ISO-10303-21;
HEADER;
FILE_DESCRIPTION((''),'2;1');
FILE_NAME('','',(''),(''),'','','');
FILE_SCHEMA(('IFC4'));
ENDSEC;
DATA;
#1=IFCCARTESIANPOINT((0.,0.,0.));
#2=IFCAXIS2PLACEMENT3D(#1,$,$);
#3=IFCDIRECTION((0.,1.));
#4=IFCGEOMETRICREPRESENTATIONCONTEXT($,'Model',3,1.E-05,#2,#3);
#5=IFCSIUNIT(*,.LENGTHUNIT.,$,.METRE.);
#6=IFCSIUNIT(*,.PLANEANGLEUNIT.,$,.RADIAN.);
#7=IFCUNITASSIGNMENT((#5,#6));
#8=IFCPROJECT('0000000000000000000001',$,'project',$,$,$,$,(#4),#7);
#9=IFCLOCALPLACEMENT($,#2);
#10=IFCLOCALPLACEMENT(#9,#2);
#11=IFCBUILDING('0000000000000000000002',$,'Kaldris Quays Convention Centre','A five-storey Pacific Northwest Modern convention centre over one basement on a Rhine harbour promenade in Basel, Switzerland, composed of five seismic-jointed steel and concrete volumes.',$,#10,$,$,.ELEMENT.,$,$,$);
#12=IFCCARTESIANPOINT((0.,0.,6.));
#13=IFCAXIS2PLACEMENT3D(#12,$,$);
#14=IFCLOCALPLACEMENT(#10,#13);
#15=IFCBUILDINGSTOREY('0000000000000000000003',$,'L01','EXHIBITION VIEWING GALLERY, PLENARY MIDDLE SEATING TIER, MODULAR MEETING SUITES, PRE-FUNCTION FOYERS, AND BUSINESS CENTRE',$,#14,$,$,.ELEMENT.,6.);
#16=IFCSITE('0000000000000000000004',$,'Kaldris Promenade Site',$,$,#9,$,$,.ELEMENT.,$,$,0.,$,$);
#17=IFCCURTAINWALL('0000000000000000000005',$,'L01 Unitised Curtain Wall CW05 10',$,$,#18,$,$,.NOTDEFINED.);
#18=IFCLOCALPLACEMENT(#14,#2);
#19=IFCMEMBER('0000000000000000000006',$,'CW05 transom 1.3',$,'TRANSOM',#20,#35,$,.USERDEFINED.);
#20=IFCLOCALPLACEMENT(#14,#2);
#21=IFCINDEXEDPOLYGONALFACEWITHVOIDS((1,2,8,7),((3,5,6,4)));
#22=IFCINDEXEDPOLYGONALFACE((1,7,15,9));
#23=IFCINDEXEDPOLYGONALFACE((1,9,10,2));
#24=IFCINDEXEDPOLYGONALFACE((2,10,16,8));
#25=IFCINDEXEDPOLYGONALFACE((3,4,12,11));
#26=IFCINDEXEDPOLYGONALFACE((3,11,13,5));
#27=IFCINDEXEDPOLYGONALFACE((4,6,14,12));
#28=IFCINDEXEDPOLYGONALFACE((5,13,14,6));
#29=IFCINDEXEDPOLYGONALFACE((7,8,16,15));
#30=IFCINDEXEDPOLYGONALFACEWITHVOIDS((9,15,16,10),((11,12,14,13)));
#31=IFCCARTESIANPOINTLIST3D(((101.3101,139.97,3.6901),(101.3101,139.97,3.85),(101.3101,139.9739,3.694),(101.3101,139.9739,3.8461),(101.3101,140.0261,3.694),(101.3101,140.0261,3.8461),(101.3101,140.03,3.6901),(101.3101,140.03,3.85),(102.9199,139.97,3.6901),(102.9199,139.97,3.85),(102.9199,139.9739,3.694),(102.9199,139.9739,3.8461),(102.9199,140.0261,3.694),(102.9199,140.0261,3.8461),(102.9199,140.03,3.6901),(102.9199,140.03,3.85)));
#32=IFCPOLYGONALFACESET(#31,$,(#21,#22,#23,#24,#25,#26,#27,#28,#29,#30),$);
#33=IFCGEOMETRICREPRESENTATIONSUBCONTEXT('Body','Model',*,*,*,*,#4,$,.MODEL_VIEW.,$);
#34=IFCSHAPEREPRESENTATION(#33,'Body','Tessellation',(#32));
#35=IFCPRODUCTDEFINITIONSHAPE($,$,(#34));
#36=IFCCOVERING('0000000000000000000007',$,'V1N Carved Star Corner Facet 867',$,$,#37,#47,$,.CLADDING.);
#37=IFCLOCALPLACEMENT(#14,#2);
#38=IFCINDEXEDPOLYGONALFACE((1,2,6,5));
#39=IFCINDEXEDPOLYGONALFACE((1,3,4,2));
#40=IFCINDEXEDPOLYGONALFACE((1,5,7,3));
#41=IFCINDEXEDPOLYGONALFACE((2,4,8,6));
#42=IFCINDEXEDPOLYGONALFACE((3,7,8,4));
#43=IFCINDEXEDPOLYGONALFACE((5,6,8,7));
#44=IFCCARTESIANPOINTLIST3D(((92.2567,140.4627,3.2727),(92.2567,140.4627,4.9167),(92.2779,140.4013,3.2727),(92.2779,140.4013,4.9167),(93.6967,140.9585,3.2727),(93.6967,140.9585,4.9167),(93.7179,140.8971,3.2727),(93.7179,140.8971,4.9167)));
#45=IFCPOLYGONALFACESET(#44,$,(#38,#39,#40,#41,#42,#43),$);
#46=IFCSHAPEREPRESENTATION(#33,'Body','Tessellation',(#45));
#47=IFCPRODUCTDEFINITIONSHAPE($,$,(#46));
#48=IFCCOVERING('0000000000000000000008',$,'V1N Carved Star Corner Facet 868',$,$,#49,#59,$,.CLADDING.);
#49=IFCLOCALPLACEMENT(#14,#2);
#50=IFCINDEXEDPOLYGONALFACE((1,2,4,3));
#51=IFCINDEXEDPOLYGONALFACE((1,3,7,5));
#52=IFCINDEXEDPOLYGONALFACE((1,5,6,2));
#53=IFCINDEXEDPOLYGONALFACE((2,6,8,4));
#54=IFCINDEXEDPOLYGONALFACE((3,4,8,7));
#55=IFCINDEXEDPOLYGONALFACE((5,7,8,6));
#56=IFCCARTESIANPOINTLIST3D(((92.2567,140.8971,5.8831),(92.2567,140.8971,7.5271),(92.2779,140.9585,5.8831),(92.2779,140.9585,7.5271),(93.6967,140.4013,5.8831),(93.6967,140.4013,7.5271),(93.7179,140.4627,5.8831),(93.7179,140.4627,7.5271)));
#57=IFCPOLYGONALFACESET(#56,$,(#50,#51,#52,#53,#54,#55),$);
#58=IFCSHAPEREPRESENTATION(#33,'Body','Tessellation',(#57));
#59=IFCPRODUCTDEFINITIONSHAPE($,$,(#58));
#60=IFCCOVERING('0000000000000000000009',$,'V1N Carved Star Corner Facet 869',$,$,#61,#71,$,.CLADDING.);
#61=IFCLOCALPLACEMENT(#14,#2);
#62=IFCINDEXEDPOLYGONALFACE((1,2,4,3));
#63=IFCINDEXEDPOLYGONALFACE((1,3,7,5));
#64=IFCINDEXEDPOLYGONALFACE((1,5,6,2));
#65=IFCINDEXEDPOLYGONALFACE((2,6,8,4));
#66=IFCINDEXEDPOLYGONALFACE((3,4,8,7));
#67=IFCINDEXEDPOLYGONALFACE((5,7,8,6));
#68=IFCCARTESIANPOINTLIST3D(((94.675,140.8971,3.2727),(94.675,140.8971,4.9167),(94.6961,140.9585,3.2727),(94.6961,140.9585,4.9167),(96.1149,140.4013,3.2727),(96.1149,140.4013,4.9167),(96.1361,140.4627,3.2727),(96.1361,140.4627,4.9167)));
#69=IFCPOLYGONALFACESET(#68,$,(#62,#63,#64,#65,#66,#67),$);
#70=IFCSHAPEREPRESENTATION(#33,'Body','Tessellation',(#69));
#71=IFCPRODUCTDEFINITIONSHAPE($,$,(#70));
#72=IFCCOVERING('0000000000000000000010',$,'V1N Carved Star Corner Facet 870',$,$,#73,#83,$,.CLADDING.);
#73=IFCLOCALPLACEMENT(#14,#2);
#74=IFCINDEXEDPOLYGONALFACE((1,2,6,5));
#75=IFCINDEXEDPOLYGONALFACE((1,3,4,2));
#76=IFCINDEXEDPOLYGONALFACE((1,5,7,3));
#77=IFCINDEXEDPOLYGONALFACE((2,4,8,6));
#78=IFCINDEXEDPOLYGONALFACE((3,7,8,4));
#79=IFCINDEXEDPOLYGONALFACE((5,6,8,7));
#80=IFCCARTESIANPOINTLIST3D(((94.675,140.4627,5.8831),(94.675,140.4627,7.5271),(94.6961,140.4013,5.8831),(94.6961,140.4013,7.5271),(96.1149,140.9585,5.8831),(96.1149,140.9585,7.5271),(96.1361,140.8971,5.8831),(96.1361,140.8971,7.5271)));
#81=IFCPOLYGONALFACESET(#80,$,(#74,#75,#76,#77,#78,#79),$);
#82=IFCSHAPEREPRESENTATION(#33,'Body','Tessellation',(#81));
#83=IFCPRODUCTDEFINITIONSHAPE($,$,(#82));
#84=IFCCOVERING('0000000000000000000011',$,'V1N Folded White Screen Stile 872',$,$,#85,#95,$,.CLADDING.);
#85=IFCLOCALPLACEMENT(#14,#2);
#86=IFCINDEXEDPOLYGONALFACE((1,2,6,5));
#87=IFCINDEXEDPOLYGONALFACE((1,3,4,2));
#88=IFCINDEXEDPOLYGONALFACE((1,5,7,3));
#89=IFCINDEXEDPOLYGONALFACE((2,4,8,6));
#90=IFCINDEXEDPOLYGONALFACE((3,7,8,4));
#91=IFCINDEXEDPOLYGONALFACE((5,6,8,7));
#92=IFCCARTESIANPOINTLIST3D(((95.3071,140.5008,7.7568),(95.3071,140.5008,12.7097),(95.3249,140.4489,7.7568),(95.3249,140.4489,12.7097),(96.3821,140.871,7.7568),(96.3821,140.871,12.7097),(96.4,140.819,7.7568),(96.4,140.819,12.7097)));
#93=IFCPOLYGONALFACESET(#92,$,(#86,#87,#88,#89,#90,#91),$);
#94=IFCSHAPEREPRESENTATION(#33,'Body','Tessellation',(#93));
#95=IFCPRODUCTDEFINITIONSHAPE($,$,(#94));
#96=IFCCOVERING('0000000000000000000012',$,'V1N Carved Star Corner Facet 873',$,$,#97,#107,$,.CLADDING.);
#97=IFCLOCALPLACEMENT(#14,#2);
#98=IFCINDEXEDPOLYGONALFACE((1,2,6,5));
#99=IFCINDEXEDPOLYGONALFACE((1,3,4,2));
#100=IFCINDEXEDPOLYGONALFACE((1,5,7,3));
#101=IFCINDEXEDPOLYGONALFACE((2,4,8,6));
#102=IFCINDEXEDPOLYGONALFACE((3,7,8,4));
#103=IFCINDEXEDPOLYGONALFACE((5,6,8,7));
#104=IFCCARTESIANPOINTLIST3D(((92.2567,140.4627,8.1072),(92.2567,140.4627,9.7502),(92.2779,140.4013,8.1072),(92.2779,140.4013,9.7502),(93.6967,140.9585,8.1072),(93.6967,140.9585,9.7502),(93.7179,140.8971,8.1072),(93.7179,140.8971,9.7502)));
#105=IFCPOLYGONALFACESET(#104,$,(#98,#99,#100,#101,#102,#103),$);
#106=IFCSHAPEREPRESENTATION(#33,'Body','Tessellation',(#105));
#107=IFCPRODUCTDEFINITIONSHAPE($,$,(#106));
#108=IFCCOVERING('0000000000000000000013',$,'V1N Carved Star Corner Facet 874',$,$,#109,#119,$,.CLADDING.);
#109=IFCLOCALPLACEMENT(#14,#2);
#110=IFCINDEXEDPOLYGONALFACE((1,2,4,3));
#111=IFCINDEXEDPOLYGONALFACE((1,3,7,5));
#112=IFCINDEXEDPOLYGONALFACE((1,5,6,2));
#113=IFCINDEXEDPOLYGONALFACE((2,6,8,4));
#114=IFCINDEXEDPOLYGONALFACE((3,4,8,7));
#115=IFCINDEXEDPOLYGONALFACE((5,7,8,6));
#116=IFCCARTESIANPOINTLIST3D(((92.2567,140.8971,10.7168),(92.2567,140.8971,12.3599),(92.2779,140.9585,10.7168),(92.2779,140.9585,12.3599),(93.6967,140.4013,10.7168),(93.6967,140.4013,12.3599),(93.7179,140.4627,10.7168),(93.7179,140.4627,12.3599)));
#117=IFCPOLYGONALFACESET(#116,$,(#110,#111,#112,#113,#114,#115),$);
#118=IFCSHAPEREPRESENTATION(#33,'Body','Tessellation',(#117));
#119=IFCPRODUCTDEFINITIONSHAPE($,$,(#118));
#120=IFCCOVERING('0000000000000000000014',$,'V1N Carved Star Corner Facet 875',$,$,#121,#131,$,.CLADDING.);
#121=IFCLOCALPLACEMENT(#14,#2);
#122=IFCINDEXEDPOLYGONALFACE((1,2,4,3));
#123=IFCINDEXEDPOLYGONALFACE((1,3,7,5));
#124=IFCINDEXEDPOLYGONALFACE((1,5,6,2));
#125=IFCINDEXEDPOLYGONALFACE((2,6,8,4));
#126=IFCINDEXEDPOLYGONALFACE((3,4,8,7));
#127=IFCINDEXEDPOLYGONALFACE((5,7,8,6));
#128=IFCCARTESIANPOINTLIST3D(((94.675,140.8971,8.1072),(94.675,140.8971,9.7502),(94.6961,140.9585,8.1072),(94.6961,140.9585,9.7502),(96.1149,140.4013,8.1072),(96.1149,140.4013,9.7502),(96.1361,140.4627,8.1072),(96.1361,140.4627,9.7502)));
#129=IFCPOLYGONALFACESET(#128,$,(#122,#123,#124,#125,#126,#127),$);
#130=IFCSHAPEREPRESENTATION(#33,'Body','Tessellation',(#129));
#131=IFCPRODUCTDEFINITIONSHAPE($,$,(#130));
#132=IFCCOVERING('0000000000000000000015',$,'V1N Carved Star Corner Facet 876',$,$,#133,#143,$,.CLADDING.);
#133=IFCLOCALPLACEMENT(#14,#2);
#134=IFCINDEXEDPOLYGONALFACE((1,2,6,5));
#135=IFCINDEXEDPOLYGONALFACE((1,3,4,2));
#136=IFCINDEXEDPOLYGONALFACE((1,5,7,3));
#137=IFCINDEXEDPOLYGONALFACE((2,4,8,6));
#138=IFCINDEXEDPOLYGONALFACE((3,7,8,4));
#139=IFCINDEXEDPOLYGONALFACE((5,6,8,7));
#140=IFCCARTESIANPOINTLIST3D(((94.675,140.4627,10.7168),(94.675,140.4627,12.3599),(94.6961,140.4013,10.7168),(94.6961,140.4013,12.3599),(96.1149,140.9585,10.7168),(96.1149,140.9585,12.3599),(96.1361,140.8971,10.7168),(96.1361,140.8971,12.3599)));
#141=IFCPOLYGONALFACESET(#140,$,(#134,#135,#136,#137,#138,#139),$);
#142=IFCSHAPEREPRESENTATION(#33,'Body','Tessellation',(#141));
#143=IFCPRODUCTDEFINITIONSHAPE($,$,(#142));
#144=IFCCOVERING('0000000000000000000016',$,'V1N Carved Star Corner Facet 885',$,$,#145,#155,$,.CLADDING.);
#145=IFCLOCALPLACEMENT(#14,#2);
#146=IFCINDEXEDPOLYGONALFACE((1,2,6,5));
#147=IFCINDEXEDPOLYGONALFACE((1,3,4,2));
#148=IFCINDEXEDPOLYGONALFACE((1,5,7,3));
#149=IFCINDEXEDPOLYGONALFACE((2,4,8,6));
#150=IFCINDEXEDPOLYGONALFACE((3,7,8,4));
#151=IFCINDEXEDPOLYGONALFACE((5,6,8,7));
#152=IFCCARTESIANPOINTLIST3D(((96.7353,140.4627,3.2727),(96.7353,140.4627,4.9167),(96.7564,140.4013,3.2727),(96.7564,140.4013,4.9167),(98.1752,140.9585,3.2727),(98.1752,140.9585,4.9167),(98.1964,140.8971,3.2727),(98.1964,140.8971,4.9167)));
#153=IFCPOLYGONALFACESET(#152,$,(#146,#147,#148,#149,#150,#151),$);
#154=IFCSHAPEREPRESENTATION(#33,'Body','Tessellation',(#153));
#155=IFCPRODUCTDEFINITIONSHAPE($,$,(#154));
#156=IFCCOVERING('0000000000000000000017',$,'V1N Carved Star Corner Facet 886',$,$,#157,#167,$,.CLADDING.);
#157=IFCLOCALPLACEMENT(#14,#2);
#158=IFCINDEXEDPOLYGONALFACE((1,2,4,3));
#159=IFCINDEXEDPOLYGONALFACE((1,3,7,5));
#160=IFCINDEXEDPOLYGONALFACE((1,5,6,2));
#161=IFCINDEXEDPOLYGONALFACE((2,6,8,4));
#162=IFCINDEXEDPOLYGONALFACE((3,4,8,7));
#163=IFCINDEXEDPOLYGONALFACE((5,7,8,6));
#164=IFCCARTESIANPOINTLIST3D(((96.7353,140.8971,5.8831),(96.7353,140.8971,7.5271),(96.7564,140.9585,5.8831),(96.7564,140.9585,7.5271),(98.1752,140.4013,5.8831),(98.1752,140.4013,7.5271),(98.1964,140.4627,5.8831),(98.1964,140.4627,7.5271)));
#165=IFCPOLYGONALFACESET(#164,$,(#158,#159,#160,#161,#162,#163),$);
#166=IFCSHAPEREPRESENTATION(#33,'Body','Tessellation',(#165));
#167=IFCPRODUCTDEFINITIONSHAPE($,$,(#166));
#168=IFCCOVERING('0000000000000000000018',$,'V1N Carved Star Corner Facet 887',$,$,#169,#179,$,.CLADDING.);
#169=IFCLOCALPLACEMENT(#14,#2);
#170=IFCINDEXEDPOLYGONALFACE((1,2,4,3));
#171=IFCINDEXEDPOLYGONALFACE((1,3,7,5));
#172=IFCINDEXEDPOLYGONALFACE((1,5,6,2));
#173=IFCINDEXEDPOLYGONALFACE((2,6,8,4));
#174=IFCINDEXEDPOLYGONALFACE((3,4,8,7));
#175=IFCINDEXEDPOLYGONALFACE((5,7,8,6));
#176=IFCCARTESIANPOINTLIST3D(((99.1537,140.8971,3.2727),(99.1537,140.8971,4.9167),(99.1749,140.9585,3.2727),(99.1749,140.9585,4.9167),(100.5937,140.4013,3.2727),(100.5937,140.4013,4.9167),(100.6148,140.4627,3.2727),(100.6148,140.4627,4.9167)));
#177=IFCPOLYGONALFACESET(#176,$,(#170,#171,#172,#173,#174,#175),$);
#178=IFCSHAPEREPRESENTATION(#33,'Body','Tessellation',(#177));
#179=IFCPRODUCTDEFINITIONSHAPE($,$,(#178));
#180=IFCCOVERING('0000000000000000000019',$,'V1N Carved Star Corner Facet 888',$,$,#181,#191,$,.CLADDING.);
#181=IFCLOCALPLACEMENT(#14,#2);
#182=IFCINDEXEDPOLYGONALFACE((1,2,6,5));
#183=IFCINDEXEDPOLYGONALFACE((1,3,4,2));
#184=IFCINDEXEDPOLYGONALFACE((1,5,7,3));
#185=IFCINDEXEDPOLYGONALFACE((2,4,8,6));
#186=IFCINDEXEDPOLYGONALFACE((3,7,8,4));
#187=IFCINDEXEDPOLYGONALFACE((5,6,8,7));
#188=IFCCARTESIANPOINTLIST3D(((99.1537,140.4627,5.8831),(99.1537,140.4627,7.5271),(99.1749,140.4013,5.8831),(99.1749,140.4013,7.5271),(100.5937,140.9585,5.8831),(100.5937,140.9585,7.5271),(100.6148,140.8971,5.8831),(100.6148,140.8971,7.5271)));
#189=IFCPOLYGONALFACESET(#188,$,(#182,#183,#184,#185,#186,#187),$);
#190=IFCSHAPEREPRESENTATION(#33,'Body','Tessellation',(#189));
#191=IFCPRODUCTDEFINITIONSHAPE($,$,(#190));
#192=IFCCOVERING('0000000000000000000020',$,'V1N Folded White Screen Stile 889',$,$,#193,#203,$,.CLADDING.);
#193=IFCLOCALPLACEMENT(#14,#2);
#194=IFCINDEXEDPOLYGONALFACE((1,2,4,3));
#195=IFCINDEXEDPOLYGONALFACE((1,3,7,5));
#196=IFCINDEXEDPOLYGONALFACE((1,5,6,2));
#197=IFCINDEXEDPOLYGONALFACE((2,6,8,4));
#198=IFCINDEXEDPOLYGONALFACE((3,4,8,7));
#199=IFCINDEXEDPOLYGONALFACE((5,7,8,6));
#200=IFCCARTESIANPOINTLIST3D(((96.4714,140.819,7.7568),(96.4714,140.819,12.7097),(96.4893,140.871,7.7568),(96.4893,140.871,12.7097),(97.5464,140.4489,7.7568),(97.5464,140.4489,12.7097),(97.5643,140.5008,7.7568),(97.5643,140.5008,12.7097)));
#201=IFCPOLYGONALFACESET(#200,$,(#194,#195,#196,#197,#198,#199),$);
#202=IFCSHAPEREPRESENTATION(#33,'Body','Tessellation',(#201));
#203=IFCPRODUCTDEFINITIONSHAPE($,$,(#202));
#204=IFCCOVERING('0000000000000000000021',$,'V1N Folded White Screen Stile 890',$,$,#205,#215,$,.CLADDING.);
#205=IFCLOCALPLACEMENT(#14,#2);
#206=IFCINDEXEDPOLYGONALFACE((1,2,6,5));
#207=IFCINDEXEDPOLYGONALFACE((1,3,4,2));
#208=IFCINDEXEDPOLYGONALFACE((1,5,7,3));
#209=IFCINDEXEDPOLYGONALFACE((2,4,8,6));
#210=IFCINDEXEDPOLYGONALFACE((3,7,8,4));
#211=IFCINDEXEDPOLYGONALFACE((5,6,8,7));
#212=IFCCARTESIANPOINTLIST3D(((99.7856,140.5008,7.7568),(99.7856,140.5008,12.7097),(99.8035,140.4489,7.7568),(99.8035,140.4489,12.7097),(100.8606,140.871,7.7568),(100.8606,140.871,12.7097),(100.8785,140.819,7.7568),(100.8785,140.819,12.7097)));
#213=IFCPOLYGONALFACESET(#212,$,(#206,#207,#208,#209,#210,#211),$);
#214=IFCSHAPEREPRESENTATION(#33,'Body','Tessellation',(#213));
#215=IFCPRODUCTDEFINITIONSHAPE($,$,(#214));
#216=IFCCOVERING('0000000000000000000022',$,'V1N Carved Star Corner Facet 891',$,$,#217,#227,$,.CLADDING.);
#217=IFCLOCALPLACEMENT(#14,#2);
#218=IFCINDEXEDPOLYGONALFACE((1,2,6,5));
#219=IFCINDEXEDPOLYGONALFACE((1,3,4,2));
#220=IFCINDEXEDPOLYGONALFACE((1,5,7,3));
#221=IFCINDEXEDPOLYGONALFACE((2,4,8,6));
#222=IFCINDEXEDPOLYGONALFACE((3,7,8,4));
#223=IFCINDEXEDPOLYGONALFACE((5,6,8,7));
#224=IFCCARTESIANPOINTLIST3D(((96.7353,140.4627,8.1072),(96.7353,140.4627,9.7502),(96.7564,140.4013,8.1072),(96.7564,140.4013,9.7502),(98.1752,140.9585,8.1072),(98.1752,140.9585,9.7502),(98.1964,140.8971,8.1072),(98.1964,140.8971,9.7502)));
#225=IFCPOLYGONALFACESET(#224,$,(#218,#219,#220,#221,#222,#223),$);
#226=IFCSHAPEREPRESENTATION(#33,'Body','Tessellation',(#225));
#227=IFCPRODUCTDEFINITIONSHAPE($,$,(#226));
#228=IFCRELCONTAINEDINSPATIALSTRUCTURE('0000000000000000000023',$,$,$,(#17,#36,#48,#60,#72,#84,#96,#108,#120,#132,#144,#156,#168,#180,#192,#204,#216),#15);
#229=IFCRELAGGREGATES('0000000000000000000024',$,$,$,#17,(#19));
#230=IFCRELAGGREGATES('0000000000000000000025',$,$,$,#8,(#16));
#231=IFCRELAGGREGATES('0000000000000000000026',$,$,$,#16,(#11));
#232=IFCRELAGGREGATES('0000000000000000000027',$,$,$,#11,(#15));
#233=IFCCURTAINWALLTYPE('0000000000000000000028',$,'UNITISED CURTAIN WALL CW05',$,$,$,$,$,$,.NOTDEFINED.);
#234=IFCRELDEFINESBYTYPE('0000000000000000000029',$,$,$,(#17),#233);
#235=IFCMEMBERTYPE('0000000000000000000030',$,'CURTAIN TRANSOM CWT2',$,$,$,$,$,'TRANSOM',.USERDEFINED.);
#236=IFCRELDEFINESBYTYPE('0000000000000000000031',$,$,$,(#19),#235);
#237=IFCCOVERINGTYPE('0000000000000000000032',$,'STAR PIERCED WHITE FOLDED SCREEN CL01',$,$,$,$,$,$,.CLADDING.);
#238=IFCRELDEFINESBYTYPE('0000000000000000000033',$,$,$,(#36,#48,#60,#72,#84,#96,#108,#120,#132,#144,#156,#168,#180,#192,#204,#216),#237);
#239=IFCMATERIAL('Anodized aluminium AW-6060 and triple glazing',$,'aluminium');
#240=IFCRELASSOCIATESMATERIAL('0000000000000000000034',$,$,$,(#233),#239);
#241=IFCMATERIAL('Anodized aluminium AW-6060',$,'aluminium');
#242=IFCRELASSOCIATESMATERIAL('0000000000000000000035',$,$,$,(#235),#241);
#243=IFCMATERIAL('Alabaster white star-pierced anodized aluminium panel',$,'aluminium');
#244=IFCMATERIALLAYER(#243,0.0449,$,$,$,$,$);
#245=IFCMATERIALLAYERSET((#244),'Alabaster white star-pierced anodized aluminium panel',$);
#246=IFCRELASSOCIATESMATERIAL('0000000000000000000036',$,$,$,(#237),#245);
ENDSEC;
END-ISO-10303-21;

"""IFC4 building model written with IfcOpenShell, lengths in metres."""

from ifc_helpers import new_model, si_unit, direction, frame, origin, origin_2d, place, context, subcontext, project, spatial, rectangle, hollow_rectangle, extrude, material, layer, layer_set, material_profile, profile_set, type_object, element, aggregate, save


model = new_model("IFC4")

# Units and contexts
model_context = context("Model", 3, precision=1e-05, world=origin(), true_north=direction((0.0, 1.0)))
body_context = subcontext(model_context, "Body", "Model", "MODEL_VIEW")
ifc_project = project(units=[si_unit("LENGTHUNIT", "METRE"), si_unit("PLANEANGLEUNIT", "RADIAN")], contexts=[model_context])

# Site, building, storey
site_placement = place(None, origin())
site = spatial("IfcSite", under=ifc_project, at=site_placement, Name="Kaldris Promenade Site", CompositionType="ELEMENT", RefElevation=0.0)
building_placement = place(site_placement, origin())
building = spatial("IfcBuilding", under=site, at=building_placement, Name="Kaldris Quays Convention Centre", Description="A five-storey Pacific Northwest Modern convention centre over one basement on a Rhine harbour promenade in Basel, Switzerland, composed of five seismic-jointed steel and concrete volumes.", CompositionType="ELEMENT")
storey_placement = place(building_placement, frame((0.0, 0.0, 6.0)))
storey = spatial("IfcBuildingStorey", under=building, at=storey_placement, Name="L01", Description="EXHIBITION VIEWING GALLERY, PLENARY MIDDLE SEATING TIER, MODULAR MEETING SUITES, PRE-FUNCTION FOYERS, AND BUSINESS CENTRE", CompositionType="ELEMENT", Elevation=6.0)

# Curtain wall, member
ifc_material_1 = material(Name="Anodized aluminium AW-6060 and triple glazing", Category="aluminium")
curtain_wall_type = type_object("IfcCurtainWallType", Name="UNITISED CURTAIN WALL CW05", PredefinedType="NOTDEFINED", material=ifc_material_1)
curtain_wall_placement = place(storey_placement, origin())
curtain_wall = element("IfcCurtainWall", 1, at=curtain_wall_placement, inside=storey, type_object=curtain_wall_type, Name="L01 Unitised Curtain Wall CW05 10", PredefinedType="NOTDEFINED")
ifc_material_2 = material(Name="Anodized aluminium AW-6060", Category="aluminium")
ifc_material_profile = material_profile(ifc_material_2, hollow_rectangle(XDim=0.0601, YDim=0.1599, WallThickness=0.0039, at=origin_2d()), Name="RHS 160x60x4")
ifc_profile_set = profile_set([ifc_material_profile], Name="Anodized aluminium AW-6060")
member_type = type_object("IfcMemberType", Name="CURTAIN TRANSOM CWT2", ElementType="TRANSOM", PredefinedType="USERDEFINED", material=ifc_profile_set)
member_placement = place(storey_placement, frame((101.3101, 140.0, 3.77), z_axis=(1.0, 0.0, 0.0), x_axis=(0.0, 1.0, 0.0)))
member = element("IfcMember", 2, at=member_placement, type_object=member_type, Name="CW05 transom 1.3", ObjectType="TRANSOM", PredefinedType="USERDEFINED", context=body_context, shape_type="SweptSolid", body=[
    extrude(hollow_rectangle(XDim=0.0601, YDim=0.1599, WallThickness=0.0039, at=origin_2d()), origin(), (0.0, 0.0, 1.0), 1.6099),
])
aggregate(curtain_wall, [member])

# Coverings
ifc_material_3 = material(Name="Alabaster white star-pierced anodized aluminium panel", Category="aluminium")
ifc_layer = layer(ifc_material_3, 0.0449)
ifc_layer_set = layer_set([ifc_layer], Name="Alabaster white star-pierced anodized aluminium panel")
covering_type = type_object("IfcCoveringType", Name="STAR PIERCED WHITE FOLDED SCREEN CL01", PredefinedType="CLADDING", material=ifc_layer_set)
for number, where, z_axis, x_axis, name in (
    (3, (92.9873, 140.6799, 3.2727), (0.0, 0.0, 1.0), (0.945519, 0.325568, 0.0), "V1N Carved Star Corner Facet 867"),
    (4, (92.9873, 140.6799, 5.8831), (0.0, 0.0, 1.0), (0.945519, -0.325568, 0.0), "V1N Carved Star Corner Facet 868"),
    (5, (95.4055, 140.6799, 3.2727), (0.0, 0.0, 1.0), (0.945519, -0.325568, 0.0), "V1N Carved Star Corner Facet 869"),
    (6, (95.4055, 140.6799, 5.8831), (0.0, 0.0, 1.0), (0.945519, 0.325568, 0.0), "V1N Carved Star Corner Facet 870"),
):
    element("IfcCovering", number, at=place(storey_placement, frame(where, z_axis=z_axis, x_axis=x_axis)), inside=storey, type_object=covering_type, Name=name, PredefinedType="CLADDING", context=body_context, shape_type="SweptSolid", body=[
        extrude(rectangle(XDim=1.5229, YDim=0.0649, at=origin_2d()), origin(), (0.0, 0.0, 1.0), 1.644),
    ])
covering_1_placement = place(storey_placement, frame((95.8535, 140.6599, 7.7568), z_axis=(0.0, 0.0, 1.0), x_axis=(0.945519, 0.325568, 0.0)))
element("IfcCovering", 7, at=covering_1_placement, inside=storey, type_object=covering_type, Name="V1N Folded White Screen Stile 872", PredefinedType="CLADDING", context=body_context, shape_type="SweptSolid", body=[
    extrude(rectangle(XDim=1.137, YDim=0.0549, at=origin_2d()), origin(), (0.0, 0.0, 1.0), 4.9529),
])
for number, where, z_axis, x_axis, name in (
    (8, (92.9873, 140.6799, 8.1072), (0.0, 0.0, 1.0), (0.945519, 0.325568, 0.0), "V1N Carved Star Corner Facet 873"),
    (9, (92.9873, 140.6799, 10.7168), (0.0, 0.0, 1.0), (0.945519, -0.325568, 0.0), "V1N Carved Star Corner Facet 874"),
    (10, (95.4055, 140.6799, 8.1072), (0.0, 0.0, 1.0), (0.945519, -0.325568, 0.0), "V1N Carved Star Corner Facet 875"),
    (11, (95.4055, 140.6799, 10.7168), (0.0, 0.0, 1.0), (0.945519, 0.325568, 0.0), "V1N Carved Star Corner Facet 876"),
):
    element("IfcCovering", number, at=place(storey_placement, frame(where, z_axis=z_axis, x_axis=x_axis)), inside=storey, type_object=covering_type, Name=name, PredefinedType="CLADDING", context=body_context, shape_type="SweptSolid", body=[
        extrude(rectangle(XDim=1.5229, YDim=0.0649, at=origin_2d()), origin(), (0.0, 0.0, 1.0), 1.6431),
    ])
for number, where, z_axis, x_axis, name in (
    (12, (97.4658, 140.6799, 3.2727), (0.0, 0.0, 1.0), (0.945519, 0.325568, 0.0), "V1N Carved Star Corner Facet 885"),
    (13, (97.4658, 140.6799, 5.8831), (0.0, 0.0, 1.0), (0.945519, -0.325568, 0.0), "V1N Carved Star Corner Facet 886"),
    (14, (99.8843, 140.6799, 3.2727), (0.0, 0.0, 1.0), (0.945519, -0.325568, 0.0), "V1N Carved Star Corner Facet 887"),
    (15, (99.8843, 140.6799, 5.8831), (0.0, 0.0, 1.0), (0.945519, 0.325568, 0.0), "V1N Carved Star Corner Facet 888"),
):
    element("IfcCovering", number, at=place(storey_placement, frame(where, z_axis=z_axis, x_axis=x_axis)), inside=storey, type_object=covering_type, Name=name, PredefinedType="CLADDING", context=body_context, shape_type="SweptSolid", body=[
        extrude(rectangle(XDim=1.5229, YDim=0.0649, at=origin_2d()), origin(), (0.0, 0.0, 1.0), 1.644),
    ])
for number, where, z_axis, x_axis, name in (
    (16, (97.0178, 140.6599, 7.7568), (0.0, 0.0, 1.0), (0.945519, -0.325568, 0.0), "V1N Folded White Screen Stile 889"),
    (17, (100.332, 140.6599, 7.7568), (0.0, 0.0, 1.0), (0.945519, 0.325568, 0.0), "V1N Folded White Screen Stile 890"),
):
    element("IfcCovering", number, at=place(storey_placement, frame(where, z_axis=z_axis, x_axis=x_axis)), inside=storey, type_object=covering_type, Name=name, PredefinedType="CLADDING", context=body_context, shape_type="SweptSolid", body=[
        extrude(rectangle(XDim=1.137, YDim=0.0549, at=origin_2d()), origin(), (0.0, 0.0, 1.0), 4.9529),
    ])
for number, where, z_axis, x_axis, name in (
    (18, (97.4658, 140.6799, 8.1072), (0.0, 0.0, 1.0), (0.945519, 0.325568, 0.0), "V1N Carved Star Corner Facet 891"),
):
    element("IfcCovering", number, at=place(storey_placement, frame(where, z_axis=z_axis, x_axis=x_axis)), inside=storey, type_object=covering_type, Name=name, PredefinedType="CLADDING", context=body_context, shape_type="SweptSolid", body=[
        extrude(rectangle(XDim=1.5229, YDim=0.0649, at=origin_2d()), origin(), (0.0, 0.0, 1.0), 1.6431),
    ])

save(model, "model.ifc")
